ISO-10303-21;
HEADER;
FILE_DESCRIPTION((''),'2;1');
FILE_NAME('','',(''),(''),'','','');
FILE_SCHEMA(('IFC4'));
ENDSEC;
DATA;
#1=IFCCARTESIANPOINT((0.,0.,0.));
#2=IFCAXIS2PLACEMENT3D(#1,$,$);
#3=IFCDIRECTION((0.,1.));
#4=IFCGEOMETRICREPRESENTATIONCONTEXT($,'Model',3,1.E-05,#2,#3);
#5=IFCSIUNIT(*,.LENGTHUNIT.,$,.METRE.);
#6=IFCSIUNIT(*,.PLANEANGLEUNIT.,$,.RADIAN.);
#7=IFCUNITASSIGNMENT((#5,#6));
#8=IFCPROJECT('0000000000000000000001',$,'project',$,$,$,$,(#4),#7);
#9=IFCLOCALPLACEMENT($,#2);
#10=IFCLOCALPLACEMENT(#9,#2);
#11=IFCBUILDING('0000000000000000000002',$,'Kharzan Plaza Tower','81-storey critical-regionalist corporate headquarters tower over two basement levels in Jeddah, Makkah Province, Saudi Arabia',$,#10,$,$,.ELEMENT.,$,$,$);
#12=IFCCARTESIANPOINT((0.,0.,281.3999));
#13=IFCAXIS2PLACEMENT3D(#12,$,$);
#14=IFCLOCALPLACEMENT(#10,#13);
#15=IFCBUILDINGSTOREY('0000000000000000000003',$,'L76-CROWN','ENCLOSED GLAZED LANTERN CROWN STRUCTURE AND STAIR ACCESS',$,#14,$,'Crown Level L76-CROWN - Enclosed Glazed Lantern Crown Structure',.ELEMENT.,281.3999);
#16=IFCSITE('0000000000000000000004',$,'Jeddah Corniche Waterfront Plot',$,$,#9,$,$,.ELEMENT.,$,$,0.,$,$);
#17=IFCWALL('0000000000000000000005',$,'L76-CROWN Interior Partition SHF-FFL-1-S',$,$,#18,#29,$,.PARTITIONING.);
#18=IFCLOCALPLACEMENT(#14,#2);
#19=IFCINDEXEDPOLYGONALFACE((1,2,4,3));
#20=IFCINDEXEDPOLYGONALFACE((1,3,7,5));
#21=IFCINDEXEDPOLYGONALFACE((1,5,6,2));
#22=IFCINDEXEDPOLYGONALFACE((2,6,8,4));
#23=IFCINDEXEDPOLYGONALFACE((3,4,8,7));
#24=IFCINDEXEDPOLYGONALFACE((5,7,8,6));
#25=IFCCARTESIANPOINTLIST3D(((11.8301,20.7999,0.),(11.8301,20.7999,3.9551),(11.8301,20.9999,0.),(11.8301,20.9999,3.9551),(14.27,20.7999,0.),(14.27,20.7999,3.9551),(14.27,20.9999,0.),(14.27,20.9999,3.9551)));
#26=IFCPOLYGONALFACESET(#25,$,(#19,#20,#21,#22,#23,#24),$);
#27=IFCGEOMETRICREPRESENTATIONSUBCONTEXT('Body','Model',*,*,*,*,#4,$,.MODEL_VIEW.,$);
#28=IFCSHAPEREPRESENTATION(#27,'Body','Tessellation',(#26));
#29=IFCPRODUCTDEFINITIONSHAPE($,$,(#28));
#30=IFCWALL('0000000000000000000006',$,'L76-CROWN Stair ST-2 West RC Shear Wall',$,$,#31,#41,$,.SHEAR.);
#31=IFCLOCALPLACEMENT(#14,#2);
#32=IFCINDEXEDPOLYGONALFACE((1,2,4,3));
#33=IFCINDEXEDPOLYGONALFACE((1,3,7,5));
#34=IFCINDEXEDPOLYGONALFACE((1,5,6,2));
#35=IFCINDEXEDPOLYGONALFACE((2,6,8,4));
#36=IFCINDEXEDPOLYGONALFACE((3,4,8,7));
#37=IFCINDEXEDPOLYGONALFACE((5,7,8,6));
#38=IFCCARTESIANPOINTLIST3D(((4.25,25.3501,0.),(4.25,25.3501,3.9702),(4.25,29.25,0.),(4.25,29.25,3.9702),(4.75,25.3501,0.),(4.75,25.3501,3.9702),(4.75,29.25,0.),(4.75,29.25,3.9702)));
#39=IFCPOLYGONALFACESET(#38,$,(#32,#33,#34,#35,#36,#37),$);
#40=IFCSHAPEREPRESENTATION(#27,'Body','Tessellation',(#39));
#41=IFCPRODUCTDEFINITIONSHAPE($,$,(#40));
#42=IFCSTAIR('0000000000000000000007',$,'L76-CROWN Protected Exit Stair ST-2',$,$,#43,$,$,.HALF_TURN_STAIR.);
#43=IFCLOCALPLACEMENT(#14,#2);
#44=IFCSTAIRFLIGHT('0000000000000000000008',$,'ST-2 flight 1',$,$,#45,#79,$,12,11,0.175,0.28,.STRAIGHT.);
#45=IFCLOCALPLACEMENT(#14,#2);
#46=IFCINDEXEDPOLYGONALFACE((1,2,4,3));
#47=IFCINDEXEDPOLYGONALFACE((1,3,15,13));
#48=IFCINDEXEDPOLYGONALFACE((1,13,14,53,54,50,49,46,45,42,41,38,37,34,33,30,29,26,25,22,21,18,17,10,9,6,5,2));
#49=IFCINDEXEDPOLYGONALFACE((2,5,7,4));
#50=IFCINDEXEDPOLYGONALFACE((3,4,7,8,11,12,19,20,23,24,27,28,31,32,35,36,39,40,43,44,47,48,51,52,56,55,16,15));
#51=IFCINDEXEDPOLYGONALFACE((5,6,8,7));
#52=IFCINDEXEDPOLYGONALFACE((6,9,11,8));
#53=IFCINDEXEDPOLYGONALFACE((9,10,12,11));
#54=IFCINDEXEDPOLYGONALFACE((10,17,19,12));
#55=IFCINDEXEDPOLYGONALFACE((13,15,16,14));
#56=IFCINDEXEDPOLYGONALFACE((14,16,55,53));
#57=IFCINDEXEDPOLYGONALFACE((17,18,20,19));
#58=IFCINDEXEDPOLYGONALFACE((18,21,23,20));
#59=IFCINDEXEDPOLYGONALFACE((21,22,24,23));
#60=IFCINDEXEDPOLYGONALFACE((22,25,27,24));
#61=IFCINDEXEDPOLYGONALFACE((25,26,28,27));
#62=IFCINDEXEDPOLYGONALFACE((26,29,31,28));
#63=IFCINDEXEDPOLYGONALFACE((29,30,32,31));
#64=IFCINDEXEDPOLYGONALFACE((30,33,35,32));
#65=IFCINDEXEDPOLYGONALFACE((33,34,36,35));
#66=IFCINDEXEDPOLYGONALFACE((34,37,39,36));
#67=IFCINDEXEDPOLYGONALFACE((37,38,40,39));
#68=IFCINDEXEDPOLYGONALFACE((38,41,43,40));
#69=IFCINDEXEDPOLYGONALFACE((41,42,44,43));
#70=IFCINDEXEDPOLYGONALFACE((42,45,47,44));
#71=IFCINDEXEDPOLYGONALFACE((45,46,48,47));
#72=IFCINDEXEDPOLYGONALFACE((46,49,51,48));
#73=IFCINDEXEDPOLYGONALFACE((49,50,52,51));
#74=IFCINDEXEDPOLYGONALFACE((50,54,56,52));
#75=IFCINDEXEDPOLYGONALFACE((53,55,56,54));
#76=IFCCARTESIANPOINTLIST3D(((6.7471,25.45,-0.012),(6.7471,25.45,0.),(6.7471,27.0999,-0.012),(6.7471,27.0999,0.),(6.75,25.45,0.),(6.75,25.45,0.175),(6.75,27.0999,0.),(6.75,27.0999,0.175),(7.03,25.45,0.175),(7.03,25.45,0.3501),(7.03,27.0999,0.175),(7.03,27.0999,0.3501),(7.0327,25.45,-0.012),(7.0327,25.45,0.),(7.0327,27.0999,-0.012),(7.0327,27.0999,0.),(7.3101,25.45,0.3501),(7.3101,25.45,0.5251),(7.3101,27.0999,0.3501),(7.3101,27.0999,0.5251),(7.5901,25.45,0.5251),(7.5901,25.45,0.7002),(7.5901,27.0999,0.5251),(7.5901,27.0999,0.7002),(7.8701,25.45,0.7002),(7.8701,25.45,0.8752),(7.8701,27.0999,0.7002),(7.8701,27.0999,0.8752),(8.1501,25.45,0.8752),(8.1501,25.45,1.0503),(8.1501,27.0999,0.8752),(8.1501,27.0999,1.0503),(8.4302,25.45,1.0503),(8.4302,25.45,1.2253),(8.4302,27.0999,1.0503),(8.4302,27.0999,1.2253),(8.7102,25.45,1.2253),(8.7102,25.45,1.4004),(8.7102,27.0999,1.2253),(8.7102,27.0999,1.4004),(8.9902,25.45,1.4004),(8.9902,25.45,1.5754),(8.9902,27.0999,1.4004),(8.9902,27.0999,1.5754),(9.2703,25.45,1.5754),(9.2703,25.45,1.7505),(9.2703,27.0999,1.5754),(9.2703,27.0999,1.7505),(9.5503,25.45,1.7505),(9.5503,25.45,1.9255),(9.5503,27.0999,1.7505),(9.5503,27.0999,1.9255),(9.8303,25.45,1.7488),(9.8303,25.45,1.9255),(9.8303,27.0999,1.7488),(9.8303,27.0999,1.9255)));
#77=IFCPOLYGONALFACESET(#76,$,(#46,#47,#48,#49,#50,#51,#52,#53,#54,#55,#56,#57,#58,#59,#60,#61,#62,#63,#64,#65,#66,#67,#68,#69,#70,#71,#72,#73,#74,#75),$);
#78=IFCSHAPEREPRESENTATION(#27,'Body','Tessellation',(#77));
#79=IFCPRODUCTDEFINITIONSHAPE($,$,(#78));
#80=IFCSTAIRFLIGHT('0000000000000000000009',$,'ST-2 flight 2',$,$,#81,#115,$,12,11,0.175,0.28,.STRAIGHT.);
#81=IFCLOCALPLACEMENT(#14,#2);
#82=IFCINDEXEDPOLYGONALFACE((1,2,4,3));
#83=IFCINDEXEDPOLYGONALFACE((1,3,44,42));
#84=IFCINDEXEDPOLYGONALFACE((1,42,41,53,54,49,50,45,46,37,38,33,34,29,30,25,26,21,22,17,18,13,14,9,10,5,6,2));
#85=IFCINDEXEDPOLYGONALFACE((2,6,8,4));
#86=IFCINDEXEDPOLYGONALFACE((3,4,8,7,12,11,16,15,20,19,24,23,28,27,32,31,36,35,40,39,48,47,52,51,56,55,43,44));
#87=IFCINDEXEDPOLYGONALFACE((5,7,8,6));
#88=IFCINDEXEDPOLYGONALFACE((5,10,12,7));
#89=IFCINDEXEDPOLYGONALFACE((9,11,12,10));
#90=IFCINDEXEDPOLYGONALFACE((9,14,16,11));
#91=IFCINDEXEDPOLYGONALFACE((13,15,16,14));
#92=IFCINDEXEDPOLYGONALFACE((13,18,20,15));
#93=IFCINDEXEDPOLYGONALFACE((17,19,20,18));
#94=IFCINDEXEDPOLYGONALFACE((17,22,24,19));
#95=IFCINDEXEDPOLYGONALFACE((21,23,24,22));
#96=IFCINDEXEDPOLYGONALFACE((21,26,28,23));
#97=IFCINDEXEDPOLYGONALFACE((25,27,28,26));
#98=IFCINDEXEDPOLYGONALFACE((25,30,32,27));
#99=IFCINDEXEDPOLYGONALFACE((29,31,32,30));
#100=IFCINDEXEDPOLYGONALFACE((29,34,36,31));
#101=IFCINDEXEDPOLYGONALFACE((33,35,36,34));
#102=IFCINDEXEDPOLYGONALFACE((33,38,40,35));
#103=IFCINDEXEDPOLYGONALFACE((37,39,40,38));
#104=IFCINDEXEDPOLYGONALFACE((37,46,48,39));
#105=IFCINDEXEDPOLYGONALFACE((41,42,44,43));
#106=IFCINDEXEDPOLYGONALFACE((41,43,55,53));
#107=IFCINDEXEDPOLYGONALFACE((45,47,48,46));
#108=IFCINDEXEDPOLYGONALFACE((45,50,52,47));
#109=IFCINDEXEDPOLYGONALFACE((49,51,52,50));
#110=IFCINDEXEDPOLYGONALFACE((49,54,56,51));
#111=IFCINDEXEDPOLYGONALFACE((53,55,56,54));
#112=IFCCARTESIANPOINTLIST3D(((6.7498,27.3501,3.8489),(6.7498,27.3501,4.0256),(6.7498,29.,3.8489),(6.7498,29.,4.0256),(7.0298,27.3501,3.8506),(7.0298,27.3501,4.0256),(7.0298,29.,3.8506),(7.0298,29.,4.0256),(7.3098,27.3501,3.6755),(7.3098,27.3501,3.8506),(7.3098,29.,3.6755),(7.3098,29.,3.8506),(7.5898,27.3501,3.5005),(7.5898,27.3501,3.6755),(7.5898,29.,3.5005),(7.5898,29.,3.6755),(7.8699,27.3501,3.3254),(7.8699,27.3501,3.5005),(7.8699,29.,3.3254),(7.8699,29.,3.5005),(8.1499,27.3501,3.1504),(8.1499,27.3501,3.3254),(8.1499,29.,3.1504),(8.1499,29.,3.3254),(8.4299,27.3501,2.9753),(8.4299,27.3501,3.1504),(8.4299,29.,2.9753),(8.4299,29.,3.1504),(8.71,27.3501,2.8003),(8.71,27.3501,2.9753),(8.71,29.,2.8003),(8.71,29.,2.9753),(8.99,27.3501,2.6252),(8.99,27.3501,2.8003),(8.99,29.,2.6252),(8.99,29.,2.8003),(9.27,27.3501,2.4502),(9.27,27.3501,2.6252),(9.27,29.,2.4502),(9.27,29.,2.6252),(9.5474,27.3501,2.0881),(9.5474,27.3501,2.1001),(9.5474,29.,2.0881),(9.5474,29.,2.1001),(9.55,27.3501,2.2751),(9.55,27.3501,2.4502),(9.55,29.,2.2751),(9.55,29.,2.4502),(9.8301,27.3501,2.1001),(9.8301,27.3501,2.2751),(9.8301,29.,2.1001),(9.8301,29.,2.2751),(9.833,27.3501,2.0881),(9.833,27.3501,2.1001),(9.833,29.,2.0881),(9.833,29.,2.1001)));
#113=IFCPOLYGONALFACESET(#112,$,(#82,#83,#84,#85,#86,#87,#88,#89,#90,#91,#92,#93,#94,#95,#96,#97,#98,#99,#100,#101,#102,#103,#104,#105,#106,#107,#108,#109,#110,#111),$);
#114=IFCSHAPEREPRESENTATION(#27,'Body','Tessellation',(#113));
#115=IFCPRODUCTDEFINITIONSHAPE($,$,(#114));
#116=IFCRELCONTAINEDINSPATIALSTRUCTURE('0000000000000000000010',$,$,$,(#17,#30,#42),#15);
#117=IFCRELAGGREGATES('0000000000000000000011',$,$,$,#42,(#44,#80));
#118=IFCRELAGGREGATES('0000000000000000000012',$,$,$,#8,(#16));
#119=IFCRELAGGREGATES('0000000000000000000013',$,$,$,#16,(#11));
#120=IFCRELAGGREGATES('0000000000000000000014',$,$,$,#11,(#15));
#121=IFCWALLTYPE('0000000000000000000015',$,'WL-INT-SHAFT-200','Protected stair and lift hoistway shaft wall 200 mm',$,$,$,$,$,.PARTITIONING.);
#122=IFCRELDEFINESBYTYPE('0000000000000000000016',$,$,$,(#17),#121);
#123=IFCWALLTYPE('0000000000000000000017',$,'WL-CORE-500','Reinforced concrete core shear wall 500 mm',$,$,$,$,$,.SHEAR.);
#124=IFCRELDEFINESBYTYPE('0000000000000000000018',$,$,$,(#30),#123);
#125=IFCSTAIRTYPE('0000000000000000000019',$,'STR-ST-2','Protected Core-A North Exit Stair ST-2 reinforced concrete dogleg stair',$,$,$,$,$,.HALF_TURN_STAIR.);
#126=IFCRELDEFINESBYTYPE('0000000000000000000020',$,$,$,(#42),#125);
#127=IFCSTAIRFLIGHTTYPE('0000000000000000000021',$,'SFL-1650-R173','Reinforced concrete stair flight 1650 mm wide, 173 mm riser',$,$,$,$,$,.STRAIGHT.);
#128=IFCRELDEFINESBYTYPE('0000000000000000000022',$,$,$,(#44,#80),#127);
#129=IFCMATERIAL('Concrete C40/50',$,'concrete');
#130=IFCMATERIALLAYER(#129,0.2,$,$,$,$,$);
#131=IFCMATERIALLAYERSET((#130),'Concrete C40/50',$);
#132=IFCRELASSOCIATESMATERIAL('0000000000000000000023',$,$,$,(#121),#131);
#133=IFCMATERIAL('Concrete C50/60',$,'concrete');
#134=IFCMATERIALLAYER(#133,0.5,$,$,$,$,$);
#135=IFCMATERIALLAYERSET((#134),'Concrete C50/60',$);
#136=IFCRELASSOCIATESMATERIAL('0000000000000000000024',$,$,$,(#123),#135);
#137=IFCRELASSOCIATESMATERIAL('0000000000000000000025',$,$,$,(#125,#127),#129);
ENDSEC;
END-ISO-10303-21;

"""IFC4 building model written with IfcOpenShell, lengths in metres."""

from ifc_helpers import new_model, si_unit, direction, frame, frame_2d, origin, place, context, subcontext, project, spatial, polyline, rectangle, outline, extrude, source, transform, mapped, material, layer, layer_set, type_object, element, aggregate, save


model = new_model("IFC4")

# Units and contexts
model_context = context("Model", 3, precision=1e-05, world=origin(), true_north=direction((0.0, 1.0)))
body_context = subcontext(model_context, "Body", "Model", "MODEL_VIEW")
ifc_project = project(units=[si_unit("LENGTHUNIT", "METRE"), si_unit("PLANEANGLEUNIT", "RADIAN")], contexts=[model_context])

# Site, building, storey
site_placement = place(None, origin())
site = spatial("IfcSite", under=ifc_project, at=site_placement, Name="Jeddah Corniche Waterfront Plot", CompositionType="ELEMENT", RefElevation=0.0)
building_placement = place(site_placement, origin())
building = spatial("IfcBuilding", under=site, at=building_placement, Name="Kharzan Plaza Tower", Description="81-storey critical-regionalist corporate headquarters tower over two basement levels in Jeddah, Makkah Province, Saudi Arabia", CompositionType="ELEMENT")
storey_placement = place(building_placement, frame((0.0, 0.0, 281.3999)))
storey = spatial("IfcBuildingStorey", under=building, at=storey_placement, Name="L76-CROWN", Description="ENCLOSED GLAZED LANTERN CROWN STRUCTURE AND STAIR ACCESS", LongName="Crown Level L76-CROWN - Enclosed Glazed Lantern Crown Structure", CompositionType="ELEMENT", Elevation=281.3999)

# Shared definitions
ifc_material_1 = material(Name="Concrete C50/60", Category="concrete")

# Walls
ifc_material_2 = material(Name="Concrete C40/50", Category="concrete")
ifc_layer_1 = layer(ifc_material_2, 0.2)
ifc_layer_set_1 = layer_set([ifc_layer_1], Name="Concrete C40/50")
wall_type_1 = type_object("IfcWallType", Name="WL-INT-SHAFT-200", Description="Protected stair and lift hoistway shaft wall 200 mm", PredefinedType="PARTITIONING", material=ifc_layer_set_1)
shared_shape_1 = source(origin(), body_context, "Body", "SweptSolid", [
    extrude(rectangle(XDim=2.4399, YDim=0.2, at=frame_2d((1.22, 0.0))), origin(), (0.0, 0.0, 1.0), 3.9551),
])
wall_1_placement = place(storey_placement, frame((11.8301, 20.8999, 0.0), z_axis=(0.0, 0.0, 1.0), x_axis=(1.0, 0.0, 0.0)))
element("IfcWall", 1, at=wall_1_placement, inside=storey, type_object=wall_type_1, Name="L76-CROWN Interior Partition SHF-FFL-1-S", PredefinedType="PARTITIONING", context=body_context, shape_type="MappedRepresentation", body=[
    mapped(shared_shape_1, transform((0.0, 0.0, 0.0), x_axis=(1.0, 0.0, 0.0), y_axis=(0.0, 1.0, 0.0), z_axis=(0.0, 0.0, 1.0))),
])
ifc_layer_2 = layer(ifc_material_1, 0.5)
ifc_layer_set_2 = layer_set([ifc_layer_2], Name="Concrete C50/60")
wall_type_2 = type_object("IfcWallType", Name="WL-CORE-500", Description="Reinforced concrete core shear wall 500 mm", PredefinedType="SHEAR", material=ifc_layer_set_2)
shared_shape_2 = source(origin(), body_context, "Body", "SweptSolid", [
    extrude(rectangle(XDim=3.8999, YDim=0.5, at=frame_2d((1.95, 0.0))), origin(), (0.0, 0.0, 1.0), 3.9702),
])
wall_2_placement = place(storey_placement, frame((4.5, 25.3501, 0.0), z_axis=(0.0, 0.0, 1.0), x_axis=(0.0, 1.0, 0.0)))
element("IfcWall", 2, at=wall_2_placement, inside=storey, type_object=wall_type_2, Name="L76-CROWN Stair ST-2 West RC Shear Wall", PredefinedType="SHEAR", context=body_context, shape_type="MappedRepresentation", body=[
    mapped(shared_shape_2, transform((0.0, 0.0, 0.0), x_axis=(1.0, 0.0, 0.0), y_axis=(0.0, 1.0, 0.0), z_axis=(0.0, 0.0, 1.0))),
])

# Stair, stair flights
stair_type = type_object("IfcStairType", Name="STR-ST-2", Description="Protected Core-A North Exit Stair ST-2 reinforced concrete dogleg stair", PredefinedType="HALF_TURN_STAIR", material=ifc_material_2)
stair_placement = place(storey_placement, origin())
stair = element("IfcStair", 3, at=stair_placement, inside=storey, type_object=stair_type, Name="L76-CROWN Protected Exit Stair ST-2", PredefinedType="HALF_TURN_STAIR")
stair_flight_type = type_object("IfcStairFlightType", Name="SFL-1650-R173", Description="Reinforced concrete stair flight 1650 mm wide, 173 mm riser", PredefinedType="STRAIGHT", material=ifc_material_2)
shared_shape_3 = source(origin(), body_context, "Body", "SweptSolid", [
    extrude(outline(polyline([(-0.0029, -0.012), (-0.0029, 0.0), (0.0, 0.0), (0.0, 0.175), (0.28, 0.175), (0.28, 0.3501), (0.5601, 0.3501), (0.5601, 0.5251), (0.8401, 0.5251), (0.8401, 0.7002), (1.1201, 0.7002), (1.1201, 0.8752), (1.4001, 0.8752), (1.4001, 1.0503), (1.6802, 1.0503), (1.6802, 1.2253), (1.9602, 1.2253), (1.9602, 1.4004), (2.2402, 1.4004), (2.2402, 1.5754), (2.5203, 1.5754), (2.5203, 1.7505), (2.8003, 1.7505), (2.8003, 1.9255), (3.0803, 1.9255), (3.0803, 2.1006), (3.0803, 1.7488), (0.2827, 0.0), (0.2827, -0.012), (-0.0029, -0.012)])), frame((0.0, 0.825, 0.0), z_axis=(0.0, -1.0, 0.0), x_axis=(1.0, 0.0, 0.0)), (0.0, 0.0, 1.0), 1.6499),
])
stair_flight_1_placement = place(storey_placement, frame((6.75, 26.2749, 0.0), z_axis=(0.0, 0.0, 1.0), x_axis=(1.0, 0.0, 0.0)))
stair_flight_1 = element("IfcStairFlight", 4, at=stair_flight_1_placement, type_object=stair_flight_type, Name="ST-2 flight 1", NumberOfRisers=12, NumberOfTreads=11, PredefinedType="STRAIGHT", RiserHeight=0.175, TreadLength=0.28, context=body_context, shape_type="MappedRepresentation", body=[
    mapped(shared_shape_3, transform((0.0, 0.0, 0.0), x_axis=(1.0, 0.0, 0.0), y_axis=(0.0, 1.0, 0.0), z_axis=(0.0, 0.0, 1.0))),
])
stair_flight_2_placement = place(storey_placement, frame((9.8301, 28.175, 2.1001), z_axis=(0.0, 0.0, 1.0), x_axis=(-1.0, 0.0, 0.0)))
stair_flight_2 = element("IfcStairFlight", 5, at=stair_flight_2_placement, type_object=stair_flight_type, Name="ST-2 flight 2", NumberOfRisers=12, NumberOfTreads=11, PredefinedType="STRAIGHT", RiserHeight=0.175, TreadLength=0.28, context=body_context, shape_type="MappedRepresentation", body=[
    mapped(shared_shape_3, transform((0.0, 0.0, 0.0), x_axis=(1.0, 0.0, 0.0), y_axis=(0.0, 1.0, 0.0), z_axis=(0.0, 0.0, 1.0))),
])
aggregate(stair, [stair_flight_1, stair_flight_2])

save(model, "model.ifc")
